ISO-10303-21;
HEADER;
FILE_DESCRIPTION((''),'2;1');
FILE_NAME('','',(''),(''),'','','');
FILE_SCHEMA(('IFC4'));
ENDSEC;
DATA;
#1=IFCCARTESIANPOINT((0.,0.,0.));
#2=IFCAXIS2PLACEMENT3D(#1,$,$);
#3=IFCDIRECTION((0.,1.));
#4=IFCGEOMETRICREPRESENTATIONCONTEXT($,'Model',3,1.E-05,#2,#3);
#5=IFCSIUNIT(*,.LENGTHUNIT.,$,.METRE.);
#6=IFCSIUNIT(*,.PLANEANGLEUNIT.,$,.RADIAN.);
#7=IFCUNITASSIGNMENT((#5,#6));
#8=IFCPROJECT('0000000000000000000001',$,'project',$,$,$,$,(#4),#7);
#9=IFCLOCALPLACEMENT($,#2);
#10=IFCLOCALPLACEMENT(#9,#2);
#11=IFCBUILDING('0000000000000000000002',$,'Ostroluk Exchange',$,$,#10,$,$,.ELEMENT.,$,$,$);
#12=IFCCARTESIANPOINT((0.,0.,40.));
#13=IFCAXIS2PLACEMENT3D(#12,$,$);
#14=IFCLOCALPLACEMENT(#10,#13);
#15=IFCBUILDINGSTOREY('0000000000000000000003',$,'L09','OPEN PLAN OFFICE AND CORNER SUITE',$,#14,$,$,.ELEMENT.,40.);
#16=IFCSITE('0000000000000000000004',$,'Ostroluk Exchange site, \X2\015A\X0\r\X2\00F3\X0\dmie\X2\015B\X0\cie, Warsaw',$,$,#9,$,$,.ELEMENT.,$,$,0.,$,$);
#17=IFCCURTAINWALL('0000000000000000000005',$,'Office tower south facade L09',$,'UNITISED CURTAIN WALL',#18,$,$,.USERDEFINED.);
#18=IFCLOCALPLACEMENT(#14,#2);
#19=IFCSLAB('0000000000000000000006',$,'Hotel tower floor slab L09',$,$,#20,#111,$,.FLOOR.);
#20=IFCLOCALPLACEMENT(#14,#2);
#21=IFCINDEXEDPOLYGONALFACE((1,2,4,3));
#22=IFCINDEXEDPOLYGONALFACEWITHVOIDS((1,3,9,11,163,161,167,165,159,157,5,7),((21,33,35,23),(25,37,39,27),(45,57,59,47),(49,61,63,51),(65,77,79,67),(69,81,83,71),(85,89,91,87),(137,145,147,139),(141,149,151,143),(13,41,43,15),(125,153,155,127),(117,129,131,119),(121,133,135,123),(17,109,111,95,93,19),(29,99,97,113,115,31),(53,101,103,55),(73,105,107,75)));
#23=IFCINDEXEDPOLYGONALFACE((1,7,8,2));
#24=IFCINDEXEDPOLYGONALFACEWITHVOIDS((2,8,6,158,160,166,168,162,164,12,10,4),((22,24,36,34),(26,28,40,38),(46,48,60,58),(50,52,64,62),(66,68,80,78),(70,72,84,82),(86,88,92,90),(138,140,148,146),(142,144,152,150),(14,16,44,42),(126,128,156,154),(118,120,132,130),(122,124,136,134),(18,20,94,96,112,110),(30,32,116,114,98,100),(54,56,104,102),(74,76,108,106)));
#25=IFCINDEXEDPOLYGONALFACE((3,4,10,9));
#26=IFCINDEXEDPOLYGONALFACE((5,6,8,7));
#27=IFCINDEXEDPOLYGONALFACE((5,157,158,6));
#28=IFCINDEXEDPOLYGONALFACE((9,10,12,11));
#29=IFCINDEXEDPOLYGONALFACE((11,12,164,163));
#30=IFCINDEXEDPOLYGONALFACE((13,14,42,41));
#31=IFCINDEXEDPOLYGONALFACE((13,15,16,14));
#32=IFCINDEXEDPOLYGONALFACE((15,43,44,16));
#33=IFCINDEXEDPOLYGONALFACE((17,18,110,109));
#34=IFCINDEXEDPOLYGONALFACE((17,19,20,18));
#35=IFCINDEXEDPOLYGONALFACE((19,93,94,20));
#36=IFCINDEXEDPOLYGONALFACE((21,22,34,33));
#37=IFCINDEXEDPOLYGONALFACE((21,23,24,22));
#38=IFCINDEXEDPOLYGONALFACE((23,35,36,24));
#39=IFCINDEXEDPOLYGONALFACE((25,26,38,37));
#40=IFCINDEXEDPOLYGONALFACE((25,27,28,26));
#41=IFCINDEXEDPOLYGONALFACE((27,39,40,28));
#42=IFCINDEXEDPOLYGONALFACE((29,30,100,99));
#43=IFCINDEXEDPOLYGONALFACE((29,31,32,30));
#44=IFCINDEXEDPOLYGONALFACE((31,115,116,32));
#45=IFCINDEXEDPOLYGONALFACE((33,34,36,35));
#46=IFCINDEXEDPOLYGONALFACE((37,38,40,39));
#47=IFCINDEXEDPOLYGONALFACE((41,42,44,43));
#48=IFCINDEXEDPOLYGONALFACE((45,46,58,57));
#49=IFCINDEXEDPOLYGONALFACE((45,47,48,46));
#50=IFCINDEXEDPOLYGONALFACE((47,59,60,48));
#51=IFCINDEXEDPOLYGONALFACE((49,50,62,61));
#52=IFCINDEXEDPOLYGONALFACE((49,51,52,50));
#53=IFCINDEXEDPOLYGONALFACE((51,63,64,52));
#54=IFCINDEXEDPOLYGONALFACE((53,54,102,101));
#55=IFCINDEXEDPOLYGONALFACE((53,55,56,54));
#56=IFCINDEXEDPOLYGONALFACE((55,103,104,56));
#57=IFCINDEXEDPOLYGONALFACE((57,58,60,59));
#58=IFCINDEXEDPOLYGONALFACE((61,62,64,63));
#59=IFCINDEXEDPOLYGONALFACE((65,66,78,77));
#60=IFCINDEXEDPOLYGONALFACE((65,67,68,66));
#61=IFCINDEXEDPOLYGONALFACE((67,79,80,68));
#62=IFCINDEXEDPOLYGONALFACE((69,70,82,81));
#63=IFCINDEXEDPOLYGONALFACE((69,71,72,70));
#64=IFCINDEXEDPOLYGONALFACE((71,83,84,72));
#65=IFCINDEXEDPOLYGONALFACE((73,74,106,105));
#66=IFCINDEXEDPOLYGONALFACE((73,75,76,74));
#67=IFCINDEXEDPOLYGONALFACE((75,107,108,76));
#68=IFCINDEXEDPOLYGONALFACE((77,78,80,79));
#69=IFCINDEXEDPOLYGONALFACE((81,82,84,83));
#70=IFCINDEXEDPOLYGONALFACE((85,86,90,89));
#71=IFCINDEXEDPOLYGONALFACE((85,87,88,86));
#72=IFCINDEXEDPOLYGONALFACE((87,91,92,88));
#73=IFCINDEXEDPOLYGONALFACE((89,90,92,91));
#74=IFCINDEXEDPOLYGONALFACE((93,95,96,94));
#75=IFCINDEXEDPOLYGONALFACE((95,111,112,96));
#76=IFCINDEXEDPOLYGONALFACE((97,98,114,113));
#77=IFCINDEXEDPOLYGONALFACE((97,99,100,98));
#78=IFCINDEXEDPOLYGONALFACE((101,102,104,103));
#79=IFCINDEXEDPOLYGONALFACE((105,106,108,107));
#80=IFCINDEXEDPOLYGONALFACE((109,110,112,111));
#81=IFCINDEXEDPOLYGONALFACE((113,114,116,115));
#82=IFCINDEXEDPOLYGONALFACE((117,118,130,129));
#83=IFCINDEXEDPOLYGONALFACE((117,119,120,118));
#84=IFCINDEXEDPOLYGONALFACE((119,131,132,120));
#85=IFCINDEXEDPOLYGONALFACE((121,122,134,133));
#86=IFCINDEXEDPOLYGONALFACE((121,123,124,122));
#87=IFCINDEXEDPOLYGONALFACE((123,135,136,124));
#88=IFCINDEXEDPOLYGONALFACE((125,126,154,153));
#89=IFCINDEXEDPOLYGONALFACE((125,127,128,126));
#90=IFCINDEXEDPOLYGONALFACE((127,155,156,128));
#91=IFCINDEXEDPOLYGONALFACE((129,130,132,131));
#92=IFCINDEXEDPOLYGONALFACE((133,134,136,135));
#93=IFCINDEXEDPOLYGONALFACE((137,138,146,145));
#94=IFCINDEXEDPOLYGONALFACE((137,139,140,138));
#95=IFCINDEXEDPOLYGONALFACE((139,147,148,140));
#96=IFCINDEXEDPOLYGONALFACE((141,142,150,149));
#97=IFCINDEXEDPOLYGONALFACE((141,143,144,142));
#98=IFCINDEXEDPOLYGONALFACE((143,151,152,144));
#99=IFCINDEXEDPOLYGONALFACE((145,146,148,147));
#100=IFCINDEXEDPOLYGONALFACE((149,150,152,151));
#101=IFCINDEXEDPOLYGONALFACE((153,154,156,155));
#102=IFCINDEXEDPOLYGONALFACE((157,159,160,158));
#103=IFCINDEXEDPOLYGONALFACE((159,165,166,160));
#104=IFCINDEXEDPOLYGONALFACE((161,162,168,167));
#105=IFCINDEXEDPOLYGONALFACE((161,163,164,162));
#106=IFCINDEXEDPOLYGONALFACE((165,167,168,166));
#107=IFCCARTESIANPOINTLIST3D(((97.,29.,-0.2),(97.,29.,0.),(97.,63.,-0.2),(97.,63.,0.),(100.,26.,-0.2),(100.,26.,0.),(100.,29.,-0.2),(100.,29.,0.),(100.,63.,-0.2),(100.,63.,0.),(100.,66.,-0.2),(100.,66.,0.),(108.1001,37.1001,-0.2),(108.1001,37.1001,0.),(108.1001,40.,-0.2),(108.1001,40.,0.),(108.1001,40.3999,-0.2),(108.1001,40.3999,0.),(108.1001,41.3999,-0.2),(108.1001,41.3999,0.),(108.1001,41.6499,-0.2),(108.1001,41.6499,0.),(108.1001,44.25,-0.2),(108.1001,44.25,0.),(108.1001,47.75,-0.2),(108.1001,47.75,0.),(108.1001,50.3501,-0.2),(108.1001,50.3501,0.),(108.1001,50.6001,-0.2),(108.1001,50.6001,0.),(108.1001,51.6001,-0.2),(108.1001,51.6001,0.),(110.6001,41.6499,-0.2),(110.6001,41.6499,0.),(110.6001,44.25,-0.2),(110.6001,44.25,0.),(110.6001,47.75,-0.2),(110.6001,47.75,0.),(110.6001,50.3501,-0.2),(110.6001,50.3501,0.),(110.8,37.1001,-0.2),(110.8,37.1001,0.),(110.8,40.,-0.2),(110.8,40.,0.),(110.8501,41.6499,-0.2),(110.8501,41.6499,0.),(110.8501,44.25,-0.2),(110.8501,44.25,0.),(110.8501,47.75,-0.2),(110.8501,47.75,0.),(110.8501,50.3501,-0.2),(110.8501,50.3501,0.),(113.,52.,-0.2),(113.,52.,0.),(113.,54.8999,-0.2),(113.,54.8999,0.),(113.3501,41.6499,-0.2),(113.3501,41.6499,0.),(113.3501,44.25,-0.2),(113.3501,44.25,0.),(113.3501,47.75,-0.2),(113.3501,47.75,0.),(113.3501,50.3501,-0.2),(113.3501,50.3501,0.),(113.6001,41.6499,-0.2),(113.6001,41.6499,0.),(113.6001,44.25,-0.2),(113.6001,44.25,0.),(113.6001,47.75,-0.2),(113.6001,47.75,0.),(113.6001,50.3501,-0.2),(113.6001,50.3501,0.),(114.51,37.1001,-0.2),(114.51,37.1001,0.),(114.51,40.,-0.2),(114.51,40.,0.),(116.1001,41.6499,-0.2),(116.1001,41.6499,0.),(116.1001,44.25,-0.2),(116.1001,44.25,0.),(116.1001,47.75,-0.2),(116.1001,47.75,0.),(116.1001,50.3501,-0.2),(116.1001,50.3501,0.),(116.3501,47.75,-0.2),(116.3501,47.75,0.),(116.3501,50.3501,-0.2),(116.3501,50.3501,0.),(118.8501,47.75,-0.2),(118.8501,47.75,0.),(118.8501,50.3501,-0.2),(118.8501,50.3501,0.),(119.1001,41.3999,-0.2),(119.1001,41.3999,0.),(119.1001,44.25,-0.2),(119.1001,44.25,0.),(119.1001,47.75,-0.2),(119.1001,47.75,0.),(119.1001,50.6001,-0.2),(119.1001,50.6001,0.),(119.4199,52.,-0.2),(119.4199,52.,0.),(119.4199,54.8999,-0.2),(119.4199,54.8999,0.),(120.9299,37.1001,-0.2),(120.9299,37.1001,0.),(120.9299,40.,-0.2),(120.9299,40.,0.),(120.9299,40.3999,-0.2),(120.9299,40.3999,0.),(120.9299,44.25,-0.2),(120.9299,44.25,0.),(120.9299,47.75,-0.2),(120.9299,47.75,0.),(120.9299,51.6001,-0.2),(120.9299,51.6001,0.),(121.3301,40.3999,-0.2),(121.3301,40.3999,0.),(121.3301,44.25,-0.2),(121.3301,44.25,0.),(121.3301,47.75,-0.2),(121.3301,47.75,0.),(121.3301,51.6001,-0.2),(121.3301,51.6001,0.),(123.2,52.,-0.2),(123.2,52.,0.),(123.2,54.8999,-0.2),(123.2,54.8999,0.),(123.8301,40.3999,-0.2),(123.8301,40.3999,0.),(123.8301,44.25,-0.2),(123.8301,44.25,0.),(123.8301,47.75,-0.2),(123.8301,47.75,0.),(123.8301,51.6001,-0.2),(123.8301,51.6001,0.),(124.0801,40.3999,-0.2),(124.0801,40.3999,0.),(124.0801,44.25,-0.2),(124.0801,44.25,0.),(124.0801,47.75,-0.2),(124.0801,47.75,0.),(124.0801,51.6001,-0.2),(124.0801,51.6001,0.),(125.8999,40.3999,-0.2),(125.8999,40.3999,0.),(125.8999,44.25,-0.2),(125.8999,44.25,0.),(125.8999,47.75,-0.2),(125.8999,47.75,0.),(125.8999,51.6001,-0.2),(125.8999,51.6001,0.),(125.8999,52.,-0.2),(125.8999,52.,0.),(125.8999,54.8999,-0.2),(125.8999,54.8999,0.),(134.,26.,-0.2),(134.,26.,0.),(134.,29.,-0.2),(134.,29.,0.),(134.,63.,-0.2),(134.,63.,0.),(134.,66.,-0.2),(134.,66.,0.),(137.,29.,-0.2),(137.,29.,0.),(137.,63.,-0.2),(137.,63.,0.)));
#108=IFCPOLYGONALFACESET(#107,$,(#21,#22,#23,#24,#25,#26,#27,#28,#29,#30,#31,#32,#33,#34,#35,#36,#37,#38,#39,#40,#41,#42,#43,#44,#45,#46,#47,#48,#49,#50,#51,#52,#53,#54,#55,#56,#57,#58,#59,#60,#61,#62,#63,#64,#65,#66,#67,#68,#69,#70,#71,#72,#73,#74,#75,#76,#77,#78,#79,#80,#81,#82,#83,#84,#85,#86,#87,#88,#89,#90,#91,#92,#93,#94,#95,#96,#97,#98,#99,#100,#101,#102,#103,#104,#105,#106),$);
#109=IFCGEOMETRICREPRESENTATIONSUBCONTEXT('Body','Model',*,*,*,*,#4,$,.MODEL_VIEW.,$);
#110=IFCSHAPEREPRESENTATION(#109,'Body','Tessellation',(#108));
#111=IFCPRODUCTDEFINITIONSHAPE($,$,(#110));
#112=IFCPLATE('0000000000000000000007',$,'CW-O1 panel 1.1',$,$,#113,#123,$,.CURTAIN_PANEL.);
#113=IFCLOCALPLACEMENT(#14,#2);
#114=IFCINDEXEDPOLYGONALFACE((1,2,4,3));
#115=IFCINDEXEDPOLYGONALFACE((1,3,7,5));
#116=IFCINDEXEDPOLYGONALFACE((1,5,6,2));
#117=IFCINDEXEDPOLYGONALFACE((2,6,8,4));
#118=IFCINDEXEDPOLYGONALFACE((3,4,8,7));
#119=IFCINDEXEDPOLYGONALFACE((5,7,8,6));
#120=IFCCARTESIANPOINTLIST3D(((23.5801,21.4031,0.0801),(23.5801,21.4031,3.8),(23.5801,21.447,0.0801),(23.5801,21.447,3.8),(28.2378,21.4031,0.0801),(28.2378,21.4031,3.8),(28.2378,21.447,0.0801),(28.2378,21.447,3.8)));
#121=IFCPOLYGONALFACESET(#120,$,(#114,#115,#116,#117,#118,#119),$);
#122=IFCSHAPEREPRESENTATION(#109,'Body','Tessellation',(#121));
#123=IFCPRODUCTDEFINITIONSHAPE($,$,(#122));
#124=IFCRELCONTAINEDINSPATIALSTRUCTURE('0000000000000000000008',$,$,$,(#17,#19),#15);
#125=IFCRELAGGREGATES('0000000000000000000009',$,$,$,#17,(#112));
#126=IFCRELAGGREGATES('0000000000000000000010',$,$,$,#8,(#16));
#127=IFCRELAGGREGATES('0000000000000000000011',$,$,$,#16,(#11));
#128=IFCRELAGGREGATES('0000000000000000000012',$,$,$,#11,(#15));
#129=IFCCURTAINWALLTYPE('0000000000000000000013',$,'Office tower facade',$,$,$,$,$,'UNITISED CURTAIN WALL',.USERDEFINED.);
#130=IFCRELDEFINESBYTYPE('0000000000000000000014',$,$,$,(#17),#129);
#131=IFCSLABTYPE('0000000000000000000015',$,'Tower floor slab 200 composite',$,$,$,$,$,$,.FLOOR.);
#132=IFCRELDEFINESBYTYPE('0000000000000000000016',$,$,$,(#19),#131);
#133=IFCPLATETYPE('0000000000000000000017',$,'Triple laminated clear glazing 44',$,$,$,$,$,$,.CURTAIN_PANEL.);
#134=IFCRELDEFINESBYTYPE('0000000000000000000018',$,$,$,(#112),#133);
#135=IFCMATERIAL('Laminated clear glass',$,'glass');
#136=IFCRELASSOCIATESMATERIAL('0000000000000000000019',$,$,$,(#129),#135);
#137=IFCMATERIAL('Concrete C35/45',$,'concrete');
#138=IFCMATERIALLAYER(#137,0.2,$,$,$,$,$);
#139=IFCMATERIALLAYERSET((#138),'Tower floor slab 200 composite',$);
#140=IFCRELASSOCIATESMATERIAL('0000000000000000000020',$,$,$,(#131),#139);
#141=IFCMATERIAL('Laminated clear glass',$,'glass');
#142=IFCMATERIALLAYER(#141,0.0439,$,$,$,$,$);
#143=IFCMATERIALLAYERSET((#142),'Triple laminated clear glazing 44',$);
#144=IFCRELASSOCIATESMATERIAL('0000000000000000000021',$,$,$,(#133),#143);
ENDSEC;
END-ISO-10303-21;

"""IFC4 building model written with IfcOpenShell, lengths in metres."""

from ifc_helpers import new_model, si_unit, direction, frame, origin, origin_2d, place, context, subcontext, project, spatial, polyline, rectangle, outline, extrude, material, layer, layer_set, type_object, element, aggregate, save


model = new_model("IFC4")

# Units and contexts
model_context = context("Model", 3, precision=1e-05, world=origin(), true_north=direction((0.0, 1.0)))
body_context = subcontext(model_context, "Body", "Model", "MODEL_VIEW")
ifc_project = project(units=[si_unit("LENGTHUNIT", "METRE"), si_unit("PLANEANGLEUNIT", "RADIAN")], contexts=[model_context])

# Site, building, storey
site_placement = place(None, origin())
site = spatial("IfcSite", under=ifc_project, at=site_placement, Name="Ostroluk Exchange site, Śródmieście, Warsaw", CompositionType="ELEMENT", RefElevation=0.0)
building_placement = place(site_placement, origin())
building = spatial("IfcBuilding", under=site, at=building_placement, Name="Ostroluk Exchange", CompositionType="ELEMENT")
storey_placement = place(building_placement, frame((0.0, 0.0, 40.0)))
storey = spatial("IfcBuildingStorey", under=building, at=storey_placement, Name="L09", Description="OPEN PLAN OFFICE AND CORNER SUITE", CompositionType="ELEMENT", Elevation=40.0)

# Curtain wall
ifc_material_1 = material(Name="Laminated clear glass", Category="glass")
curtain_wall_type = type_object("IfcCurtainWallType", Name="Office tower facade", ElementType="UNITISED CURTAIN WALL", PredefinedType="USERDEFINED", material=ifc_material_1)
curtain_wall_placement = place(storey_placement, origin())
curtain_wall = element("IfcCurtainWall", 1, at=curtain_wall_placement, inside=storey, type_object=curtain_wall_type, Name="Office tower south facade L09", ObjectType="UNITISED CURTAIN WALL", PredefinedType="USERDEFINED")

# Slab
ifc_material_2 = material(Name="Concrete C35/45", Category="concrete")
ifc_layer_1 = layer(ifc_material_2, 0.2)
ifc_layer_set_1 = layer_set([ifc_layer_1], Name="Tower floor slab 200 composite")
slab_type_1 = type_object("IfcSlabType", Name="Tower floor slab 200 composite", PredefinedType="FLOOR", material=ifc_layer_set_1)
slab_1_placement = place(storey_placement, frame((0.0, 0.0, -0.2)))
element("IfcSlab", 2, at=slab_1_placement, inside=storey, type_object=slab_type_1, Name="Hotel tower floor slab L09", PredefinedType="FLOOR", context=body_context, shape_type="SweptSolid", body=[
    extrude(outline(polyline([(100.0, 26.0), (134.0, 26.0), (134.0, 29.0), (137.0, 29.0), (137.0, 63.0), (134.0, 63.0), (134.0, 66.0), (100.0, 66.0), (100.0, 63.0), (97.0, 63.0), (97.0, 29.0), (100.0, 29.0), (100.0, 26.0)]), holes=[polyline([(108.1001, 37.1001), (110.8, 37.1001), (110.8, 40.0), (108.1001, 40.0), (108.1001, 37.1001)]), polyline([(114.51, 37.1001), (120.9299, 37.1001), (120.9299, 40.0), (114.51, 40.0), (114.51, 37.1001)]), polyline([(113.0, 52.0), (119.4199, 52.0), (119.4199, 54.8999), (113.0, 54.8999), (113.0, 52.0)]), polyline([(123.2, 52.0), (125.8999, 52.0), (125.8999, 54.8999), (123.2, 54.8999), (123.2, 52.0)]), polyline([(108.1001, 47.75), (110.6001, 47.75), (110.6001, 50.3501), (108.1001, 50.3501), (108.1001, 47.75)]), polyline([(110.8501, 47.75), (113.3501, 47.75), (113.3501, 50.3501), (110.8501, 50.3501), (110.8501, 47.75)]), polyline([(113.6001, 47.75), (116.1001, 47.75), (116.1001, 50.3501), (113.6001, 50.3501), (113.6001, 47.75)]), polyline([(116.3501, 47.75), (118.8501, 47.75), (118.8501, 50.3501), (116.3501, 50.3501), (116.3501, 47.75)]), polyline([(108.1001, 41.6499), (110.6001, 41.6499), (110.6001, 44.25), (108.1001, 44.25), (108.1001, 41.6499)]), polyline([(110.8501, 41.6499), (113.3501, 41.6499), (113.3501, 44.25), (110.8501, 44.25), (110.8501, 41.6499)]), polyline([(113.6001, 41.6499), (116.1001, 41.6499), (116.1001, 44.25), (113.6001, 44.25), (113.6001, 41.6499)]), polyline([(121.3301, 47.75), (123.8301, 47.75), (123.8301, 51.6001), (121.3301, 51.6001), (121.3301, 47.75)]), polyline([(121.3301, 40.3999), (123.8301, 40.3999), (123.8301, 44.25), (121.3301, 44.25), (121.3301, 40.3999)]), polyline([(120.9299, 51.6001), (120.9299, 47.75), (119.1001, 47.75), (119.1001, 50.6001), (108.1001, 50.6001), (108.1001, 51.6001), (120.9299, 51.6001)]), polyline([(108.1001, 40.3999), (108.1001, 41.3999), (119.1001, 41.3999), (119.1001, 44.25), (120.9299, 44.25), (120.9299, 40.3999), (108.1001, 40.3999)]), polyline([(124.0801, 47.75), (125.8999, 47.75), (125.8999, 51.6001), (124.0801, 51.6001), (124.0801, 47.75)]), polyline([(124.0801, 40.3999), (125.8999, 40.3999), (125.8999, 44.25), (124.0801, 44.25), (124.0801, 40.3999)])]), origin(), (0.0, 0.0, 1.0), 0.2),
])

# Plate
ifc_material_3 = material(Name="Laminated clear glass", Category="glass")
ifc_layer_2 = layer(ifc_material_3, 0.0439)
ifc_layer_set_2 = layer_set([ifc_layer_2], Name="Triple laminated clear glazing 44")
plate_type_1 = type_object("IfcPlateType", Name="Triple laminated clear glazing 44", PredefinedType="CURTAIN_PANEL", material=ifc_layer_set_2)
plate_1_placement = place(storey_placement, frame((25.9089, 21.425, 0.0801), z_axis=(0.0, 0.0, 1.0), x_axis=(1.0, 0.0, 0.0)))
plate_1 = element("IfcPlate", 3, at=plate_1_placement, type_object=plate_type_1, Name="CW-O1 panel 1.1", PredefinedType="CURTAIN_PANEL", context=body_context, shape_type="SweptSolid", body=[
    extrude(rectangle(XDim=4.6577, YDim=0.0439, at=origin_2d()), origin(), (0.0, 0.0, 1.0), 3.72),
])
aggregate(curtain_wall, [plate_1])

save(model, "model.ifc")
